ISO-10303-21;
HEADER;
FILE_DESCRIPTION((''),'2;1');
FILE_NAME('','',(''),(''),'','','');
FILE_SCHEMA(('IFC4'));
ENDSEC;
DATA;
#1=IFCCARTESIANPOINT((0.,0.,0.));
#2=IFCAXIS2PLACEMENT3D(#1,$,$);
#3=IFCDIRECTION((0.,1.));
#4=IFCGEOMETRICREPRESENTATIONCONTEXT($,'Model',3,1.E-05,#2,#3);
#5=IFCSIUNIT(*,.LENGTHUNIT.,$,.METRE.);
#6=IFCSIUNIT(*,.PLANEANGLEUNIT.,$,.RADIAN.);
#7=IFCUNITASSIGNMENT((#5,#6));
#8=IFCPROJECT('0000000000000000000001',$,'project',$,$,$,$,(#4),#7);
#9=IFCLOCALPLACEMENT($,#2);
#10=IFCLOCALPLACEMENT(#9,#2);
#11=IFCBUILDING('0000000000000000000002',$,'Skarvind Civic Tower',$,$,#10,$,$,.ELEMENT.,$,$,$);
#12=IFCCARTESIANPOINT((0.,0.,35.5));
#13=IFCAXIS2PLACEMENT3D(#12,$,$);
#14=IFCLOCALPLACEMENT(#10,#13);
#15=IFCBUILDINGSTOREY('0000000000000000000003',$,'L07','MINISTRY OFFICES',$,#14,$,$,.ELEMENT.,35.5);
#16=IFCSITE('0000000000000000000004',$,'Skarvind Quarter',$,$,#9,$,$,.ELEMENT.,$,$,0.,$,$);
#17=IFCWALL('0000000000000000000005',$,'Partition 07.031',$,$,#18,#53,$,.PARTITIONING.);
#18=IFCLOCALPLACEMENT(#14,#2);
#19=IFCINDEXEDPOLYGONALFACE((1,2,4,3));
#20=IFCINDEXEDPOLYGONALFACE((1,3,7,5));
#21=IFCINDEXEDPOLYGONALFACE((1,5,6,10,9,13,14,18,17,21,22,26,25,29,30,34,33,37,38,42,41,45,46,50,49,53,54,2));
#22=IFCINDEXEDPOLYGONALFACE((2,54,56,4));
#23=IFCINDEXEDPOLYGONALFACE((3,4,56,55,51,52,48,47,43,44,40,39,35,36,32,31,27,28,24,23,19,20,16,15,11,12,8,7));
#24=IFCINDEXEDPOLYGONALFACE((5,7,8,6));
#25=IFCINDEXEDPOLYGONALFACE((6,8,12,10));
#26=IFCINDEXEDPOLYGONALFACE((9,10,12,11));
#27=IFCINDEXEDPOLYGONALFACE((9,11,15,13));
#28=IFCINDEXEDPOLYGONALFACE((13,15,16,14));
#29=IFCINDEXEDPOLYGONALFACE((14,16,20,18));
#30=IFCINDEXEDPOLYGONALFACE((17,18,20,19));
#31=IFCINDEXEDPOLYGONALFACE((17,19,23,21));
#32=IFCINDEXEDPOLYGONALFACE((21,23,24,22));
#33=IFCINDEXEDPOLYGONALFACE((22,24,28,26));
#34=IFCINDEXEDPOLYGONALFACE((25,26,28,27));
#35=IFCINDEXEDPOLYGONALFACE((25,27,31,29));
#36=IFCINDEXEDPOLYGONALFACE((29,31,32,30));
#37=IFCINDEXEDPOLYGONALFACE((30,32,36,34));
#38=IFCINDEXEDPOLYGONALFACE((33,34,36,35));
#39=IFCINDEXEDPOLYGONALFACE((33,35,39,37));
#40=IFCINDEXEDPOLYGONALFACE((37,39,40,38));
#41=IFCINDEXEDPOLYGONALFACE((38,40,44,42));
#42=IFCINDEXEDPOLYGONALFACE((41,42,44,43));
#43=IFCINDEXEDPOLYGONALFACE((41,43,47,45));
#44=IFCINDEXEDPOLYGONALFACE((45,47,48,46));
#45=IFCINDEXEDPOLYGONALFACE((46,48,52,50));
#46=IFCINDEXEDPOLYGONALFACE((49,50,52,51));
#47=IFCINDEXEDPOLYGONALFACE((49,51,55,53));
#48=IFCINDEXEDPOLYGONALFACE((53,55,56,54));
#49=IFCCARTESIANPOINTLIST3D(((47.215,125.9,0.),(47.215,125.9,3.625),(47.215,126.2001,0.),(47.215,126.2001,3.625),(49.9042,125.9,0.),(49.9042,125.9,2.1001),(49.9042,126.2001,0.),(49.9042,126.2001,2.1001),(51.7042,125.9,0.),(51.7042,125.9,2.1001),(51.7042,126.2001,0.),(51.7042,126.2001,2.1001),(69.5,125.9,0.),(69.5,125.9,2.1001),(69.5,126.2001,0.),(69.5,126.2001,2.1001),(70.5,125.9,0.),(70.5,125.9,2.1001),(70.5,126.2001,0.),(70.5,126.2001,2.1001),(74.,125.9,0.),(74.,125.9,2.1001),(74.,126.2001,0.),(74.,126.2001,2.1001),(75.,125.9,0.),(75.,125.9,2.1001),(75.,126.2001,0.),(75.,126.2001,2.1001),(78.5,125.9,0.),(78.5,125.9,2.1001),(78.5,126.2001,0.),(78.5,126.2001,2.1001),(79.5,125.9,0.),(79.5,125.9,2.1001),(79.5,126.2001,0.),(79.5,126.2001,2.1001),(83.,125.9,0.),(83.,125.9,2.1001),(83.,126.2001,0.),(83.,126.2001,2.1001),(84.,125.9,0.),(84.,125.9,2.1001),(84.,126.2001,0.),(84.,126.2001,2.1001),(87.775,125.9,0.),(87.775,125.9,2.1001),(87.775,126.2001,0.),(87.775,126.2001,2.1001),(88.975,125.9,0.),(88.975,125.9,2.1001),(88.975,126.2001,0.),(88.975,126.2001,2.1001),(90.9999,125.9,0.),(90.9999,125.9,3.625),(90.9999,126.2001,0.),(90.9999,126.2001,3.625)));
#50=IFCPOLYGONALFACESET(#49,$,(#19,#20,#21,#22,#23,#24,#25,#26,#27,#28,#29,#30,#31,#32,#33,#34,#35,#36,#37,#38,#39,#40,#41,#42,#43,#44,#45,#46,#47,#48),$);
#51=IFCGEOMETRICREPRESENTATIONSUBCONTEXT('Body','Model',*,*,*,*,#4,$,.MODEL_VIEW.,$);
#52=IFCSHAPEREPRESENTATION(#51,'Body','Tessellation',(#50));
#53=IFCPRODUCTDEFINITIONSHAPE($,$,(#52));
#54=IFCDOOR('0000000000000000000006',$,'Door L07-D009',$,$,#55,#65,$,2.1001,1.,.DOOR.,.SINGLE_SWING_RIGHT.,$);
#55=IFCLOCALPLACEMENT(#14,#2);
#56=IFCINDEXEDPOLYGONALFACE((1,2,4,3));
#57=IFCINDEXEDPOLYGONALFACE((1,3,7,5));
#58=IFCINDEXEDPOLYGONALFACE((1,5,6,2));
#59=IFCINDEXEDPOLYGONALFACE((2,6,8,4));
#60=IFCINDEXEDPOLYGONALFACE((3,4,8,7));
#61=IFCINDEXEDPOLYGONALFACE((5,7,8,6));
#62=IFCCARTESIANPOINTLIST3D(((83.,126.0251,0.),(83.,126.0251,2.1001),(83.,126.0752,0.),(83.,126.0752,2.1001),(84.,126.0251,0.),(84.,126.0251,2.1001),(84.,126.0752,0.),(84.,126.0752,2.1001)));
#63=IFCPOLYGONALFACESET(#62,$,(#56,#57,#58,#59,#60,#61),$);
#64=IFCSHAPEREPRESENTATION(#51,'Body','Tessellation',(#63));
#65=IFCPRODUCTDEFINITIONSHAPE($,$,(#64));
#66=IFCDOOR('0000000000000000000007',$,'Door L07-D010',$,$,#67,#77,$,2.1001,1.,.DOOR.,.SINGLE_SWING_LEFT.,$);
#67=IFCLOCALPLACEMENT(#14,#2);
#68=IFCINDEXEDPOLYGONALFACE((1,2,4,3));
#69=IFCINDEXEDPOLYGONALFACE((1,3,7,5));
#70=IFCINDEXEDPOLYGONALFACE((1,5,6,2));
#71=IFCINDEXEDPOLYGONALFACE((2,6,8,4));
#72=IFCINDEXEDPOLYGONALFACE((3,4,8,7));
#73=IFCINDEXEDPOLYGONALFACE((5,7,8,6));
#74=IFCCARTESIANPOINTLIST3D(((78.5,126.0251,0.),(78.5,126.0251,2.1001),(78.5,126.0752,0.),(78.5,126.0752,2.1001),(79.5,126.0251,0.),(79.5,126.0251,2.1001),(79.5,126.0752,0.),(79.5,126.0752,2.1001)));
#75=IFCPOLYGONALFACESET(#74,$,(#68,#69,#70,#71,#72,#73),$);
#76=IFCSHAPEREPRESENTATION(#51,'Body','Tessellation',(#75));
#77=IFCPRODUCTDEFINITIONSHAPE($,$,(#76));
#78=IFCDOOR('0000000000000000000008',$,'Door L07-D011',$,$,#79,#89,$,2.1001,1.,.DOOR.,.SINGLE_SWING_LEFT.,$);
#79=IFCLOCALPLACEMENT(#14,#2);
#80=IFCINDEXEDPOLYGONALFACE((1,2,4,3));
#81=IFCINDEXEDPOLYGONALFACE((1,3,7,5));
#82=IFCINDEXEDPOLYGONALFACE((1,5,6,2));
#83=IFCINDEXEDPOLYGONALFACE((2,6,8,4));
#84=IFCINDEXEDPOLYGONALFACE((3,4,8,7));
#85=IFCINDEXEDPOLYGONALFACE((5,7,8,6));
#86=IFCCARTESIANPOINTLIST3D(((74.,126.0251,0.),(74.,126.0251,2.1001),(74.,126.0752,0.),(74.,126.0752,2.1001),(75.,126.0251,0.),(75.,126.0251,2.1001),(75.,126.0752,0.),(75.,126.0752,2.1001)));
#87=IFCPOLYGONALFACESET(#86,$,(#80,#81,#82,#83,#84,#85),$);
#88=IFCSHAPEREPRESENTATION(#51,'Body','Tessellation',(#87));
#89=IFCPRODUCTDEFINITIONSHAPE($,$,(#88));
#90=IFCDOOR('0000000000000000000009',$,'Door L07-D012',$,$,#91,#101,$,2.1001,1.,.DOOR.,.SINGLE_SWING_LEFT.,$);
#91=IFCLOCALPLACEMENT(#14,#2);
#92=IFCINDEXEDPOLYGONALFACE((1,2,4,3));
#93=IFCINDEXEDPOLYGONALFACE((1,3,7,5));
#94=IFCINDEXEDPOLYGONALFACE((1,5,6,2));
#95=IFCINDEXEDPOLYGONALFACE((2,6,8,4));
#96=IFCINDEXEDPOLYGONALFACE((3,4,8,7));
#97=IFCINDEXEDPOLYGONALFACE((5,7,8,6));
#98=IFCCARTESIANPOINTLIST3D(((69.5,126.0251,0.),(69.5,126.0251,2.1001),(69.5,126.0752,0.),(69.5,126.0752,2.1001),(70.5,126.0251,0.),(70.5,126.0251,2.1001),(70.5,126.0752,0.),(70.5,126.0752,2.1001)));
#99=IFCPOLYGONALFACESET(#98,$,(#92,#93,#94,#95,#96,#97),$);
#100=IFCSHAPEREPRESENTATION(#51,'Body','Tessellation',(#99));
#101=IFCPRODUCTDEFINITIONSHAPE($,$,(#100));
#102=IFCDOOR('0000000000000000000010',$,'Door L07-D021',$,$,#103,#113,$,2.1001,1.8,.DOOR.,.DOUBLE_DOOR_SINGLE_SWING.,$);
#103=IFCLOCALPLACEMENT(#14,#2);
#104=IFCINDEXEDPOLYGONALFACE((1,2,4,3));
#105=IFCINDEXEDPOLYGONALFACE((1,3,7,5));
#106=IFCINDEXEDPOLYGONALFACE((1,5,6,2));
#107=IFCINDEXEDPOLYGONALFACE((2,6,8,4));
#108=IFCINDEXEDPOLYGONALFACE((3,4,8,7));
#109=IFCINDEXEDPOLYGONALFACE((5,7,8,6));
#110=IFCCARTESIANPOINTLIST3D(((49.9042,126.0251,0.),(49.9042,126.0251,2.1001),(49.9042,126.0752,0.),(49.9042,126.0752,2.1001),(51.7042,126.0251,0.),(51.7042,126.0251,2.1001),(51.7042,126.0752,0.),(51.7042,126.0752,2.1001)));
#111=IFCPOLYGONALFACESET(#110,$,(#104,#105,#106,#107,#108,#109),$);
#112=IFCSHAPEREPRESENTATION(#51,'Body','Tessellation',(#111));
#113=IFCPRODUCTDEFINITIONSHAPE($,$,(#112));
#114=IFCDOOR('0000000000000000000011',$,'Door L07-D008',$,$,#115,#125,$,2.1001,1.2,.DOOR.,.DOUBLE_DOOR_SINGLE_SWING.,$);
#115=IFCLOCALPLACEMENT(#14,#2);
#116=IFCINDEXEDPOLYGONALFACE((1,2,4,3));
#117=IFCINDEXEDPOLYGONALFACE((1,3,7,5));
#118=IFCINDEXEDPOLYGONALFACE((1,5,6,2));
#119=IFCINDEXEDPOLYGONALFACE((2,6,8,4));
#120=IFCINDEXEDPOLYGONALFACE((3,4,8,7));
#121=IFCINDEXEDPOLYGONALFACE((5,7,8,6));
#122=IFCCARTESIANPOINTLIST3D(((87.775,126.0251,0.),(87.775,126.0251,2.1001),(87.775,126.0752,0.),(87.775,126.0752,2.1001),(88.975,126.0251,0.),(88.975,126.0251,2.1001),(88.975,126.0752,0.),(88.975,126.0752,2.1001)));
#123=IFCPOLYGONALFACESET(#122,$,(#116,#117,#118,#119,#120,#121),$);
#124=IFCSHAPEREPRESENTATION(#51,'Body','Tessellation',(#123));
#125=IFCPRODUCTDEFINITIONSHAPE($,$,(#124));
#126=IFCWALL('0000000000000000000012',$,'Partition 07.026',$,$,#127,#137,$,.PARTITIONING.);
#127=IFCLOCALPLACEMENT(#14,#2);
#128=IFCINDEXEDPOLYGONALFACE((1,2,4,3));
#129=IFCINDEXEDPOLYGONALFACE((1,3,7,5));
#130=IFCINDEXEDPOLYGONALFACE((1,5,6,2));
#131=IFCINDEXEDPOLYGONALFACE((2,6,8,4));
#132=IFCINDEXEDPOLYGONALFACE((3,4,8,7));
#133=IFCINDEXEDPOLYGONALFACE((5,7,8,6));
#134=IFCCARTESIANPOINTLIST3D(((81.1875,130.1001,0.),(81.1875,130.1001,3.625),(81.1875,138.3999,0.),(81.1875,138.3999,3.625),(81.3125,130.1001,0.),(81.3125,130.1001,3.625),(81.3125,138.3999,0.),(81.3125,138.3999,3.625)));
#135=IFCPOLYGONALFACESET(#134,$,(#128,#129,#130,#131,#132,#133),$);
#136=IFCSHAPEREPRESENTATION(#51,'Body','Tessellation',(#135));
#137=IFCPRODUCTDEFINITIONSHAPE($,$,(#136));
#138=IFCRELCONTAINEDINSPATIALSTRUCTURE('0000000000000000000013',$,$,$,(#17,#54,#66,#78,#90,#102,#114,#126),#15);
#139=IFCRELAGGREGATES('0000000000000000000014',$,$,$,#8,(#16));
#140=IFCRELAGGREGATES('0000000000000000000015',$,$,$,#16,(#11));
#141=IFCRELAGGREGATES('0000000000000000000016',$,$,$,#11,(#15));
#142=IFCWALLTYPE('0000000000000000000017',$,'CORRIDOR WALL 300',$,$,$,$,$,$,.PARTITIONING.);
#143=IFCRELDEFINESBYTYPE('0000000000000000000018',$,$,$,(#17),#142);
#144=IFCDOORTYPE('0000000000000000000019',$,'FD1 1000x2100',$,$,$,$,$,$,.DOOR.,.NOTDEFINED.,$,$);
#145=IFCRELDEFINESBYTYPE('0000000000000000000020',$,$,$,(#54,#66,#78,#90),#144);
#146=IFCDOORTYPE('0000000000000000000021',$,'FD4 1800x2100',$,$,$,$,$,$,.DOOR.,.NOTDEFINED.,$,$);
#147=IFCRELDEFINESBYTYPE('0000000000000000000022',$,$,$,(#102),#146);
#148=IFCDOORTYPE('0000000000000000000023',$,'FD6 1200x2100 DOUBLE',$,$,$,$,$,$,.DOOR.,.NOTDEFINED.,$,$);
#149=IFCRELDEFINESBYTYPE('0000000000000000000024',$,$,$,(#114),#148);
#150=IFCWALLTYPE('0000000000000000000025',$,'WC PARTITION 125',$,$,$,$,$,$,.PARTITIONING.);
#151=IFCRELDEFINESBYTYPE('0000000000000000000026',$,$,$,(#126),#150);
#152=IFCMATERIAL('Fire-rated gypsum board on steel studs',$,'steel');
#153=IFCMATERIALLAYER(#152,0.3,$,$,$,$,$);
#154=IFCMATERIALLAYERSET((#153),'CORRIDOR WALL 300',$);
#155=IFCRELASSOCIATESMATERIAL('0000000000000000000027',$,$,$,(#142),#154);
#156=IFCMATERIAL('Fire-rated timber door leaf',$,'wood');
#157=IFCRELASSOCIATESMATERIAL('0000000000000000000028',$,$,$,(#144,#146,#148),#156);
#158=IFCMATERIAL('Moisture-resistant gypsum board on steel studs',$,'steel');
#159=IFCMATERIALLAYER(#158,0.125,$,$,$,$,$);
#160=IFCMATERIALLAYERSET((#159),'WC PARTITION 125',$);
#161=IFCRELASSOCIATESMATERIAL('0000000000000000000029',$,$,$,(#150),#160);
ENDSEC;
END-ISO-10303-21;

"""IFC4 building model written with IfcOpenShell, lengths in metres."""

from ifc_helpers import new_model, si_unit, direction, frame, frame_2d, origin, place, context, subcontext, project, spatial, rectangle, extrude, material, layer, layer_set, type_object, element, fill, save


model = new_model("IFC4")

# Units and contexts
model_context = context("Model", 3, precision=1e-05, world=origin(), true_north=direction((0.0, 1.0)))
body_context = subcontext(model_context, "Body", "Model", "MODEL_VIEW")
ifc_project = project(units=[si_unit("LENGTHUNIT", "METRE"), si_unit("PLANEANGLEUNIT", "RADIAN")], contexts=[model_context])

# Site, building, storey
site_placement = place(None, origin())
site = spatial("IfcSite", under=ifc_project, at=site_placement, Name="Skarvind Quarter", CompositionType="ELEMENT", RefElevation=0.0)
building_placement = place(site_placement, origin())
building = spatial("IfcBuilding", under=site, at=building_placement, Name="Skarvind Civic Tower", CompositionType="ELEMENT")
storey_placement = place(building_placement, frame((0.0, 0.0, 35.5)))
storey = spatial("IfcBuildingStorey", under=building, at=storey_placement, Name="L07", Description="MINISTRY OFFICES", CompositionType="ELEMENT", Elevation=35.5)

# Wall, openings, doors
ifc_material_1 = material(Name="Fire-rated gypsum board on steel studs", Category="steel")
ifc_layer_1 = layer(ifc_material_1, 0.3)
ifc_layer_set_1 = layer_set([ifc_layer_1], Name="CORRIDOR WALL 300")
wall_type_1 = type_object("IfcWallType", Name="CORRIDOR WALL 300", PredefinedType="PARTITIONING", material=ifc_layer_set_1)
wall_1_placement = place(storey_placement, frame((91.0, 126.05, 0.0), z_axis=(0.0, 0.0, 1.0), x_axis=(-1.0, 0.0, 0.0)))
wall_1 = element("IfcWall", 1, at=wall_1_placement, inside=storey, type_object=wall_type_1, Name="Partition 07.031", PredefinedType="PARTITIONING", context=body_context, shape_type="SweptSolid", body=[
    extrude(rectangle(XDim=43.7849, YDim=0.3, at=frame_2d((21.8926, 0.0))), origin(), (0.0, 0.0, 1.0), 3.625),
])
opening_1_placement = place(wall_1_placement, frame((2.0249, 0.0, 0.0)))
opening_1 = element("IfcOpeningElement", 2, at=opening_1_placement, cuts=wall_1, PredefinedType="OPENING", context=body_context, shape_type="SweptSolid", body=[
    extrude(rectangle(XDim=1.2, YDim=2.1001, at=frame_2d((0.6001, 1.05))), frame((0.0, 0.1599, 0.0), z_axis=(0.0, -1.0, 0.0), x_axis=(1.0, 0.0, 0.0)), (0.0, 0.0, 1.0), 0.3201),
])
opening_2_placement = place(wall_1_placement, frame((7.0, 0.0, 0.0)))
opening_2 = element("IfcOpeningElement", 3, at=opening_2_placement, cuts=wall_1, PredefinedType="OPENING", context=body_context, shape_type="SweptSolid", body=[
    extrude(rectangle(XDim=1.0, YDim=2.1001, at=frame_2d((0.5, 1.05))), frame((0.0, 0.1599, 0.0), z_axis=(0.0, -1.0, 0.0), x_axis=(1.0, 0.0, 0.0)), (0.0, 0.0, 1.0), 0.3201),
])
opening_3_placement = place(wall_1_placement, frame((11.5, 0.0, 0.0)))
opening_3 = element("IfcOpeningElement", 4, at=opening_3_placement, cuts=wall_1, PredefinedType="OPENING", context=body_context, shape_type="SweptSolid", body=[
    extrude(rectangle(XDim=1.0, YDim=2.1001, at=frame_2d((0.5, 1.05))), frame((0.0, 0.1599, 0.0), z_axis=(0.0, -1.0, 0.0), x_axis=(1.0, 0.0, 0.0)), (0.0, 0.0, 1.0), 0.3201),
])
opening_4_placement = place(wall_1_placement, frame((16.0, 0.0, 0.0)))
opening_4 = element("IfcOpeningElement", 5, at=opening_4_placement, cuts=wall_1, PredefinedType="OPENING", context=body_context, shape_type="SweptSolid", body=[
    extrude(rectangle(XDim=1.0, YDim=2.1001, at=frame_2d((0.5, 1.05))), frame((0.0, 0.1599, 0.0), z_axis=(0.0, -1.0, 0.0), x_axis=(1.0, 0.0, 0.0)), (0.0, 0.0, 1.0), 0.3201),
])
opening_5_placement = place(wall_1_placement, frame((20.5, 0.0, 0.0)))
opening_5 = element("IfcOpeningElement", 6, at=opening_5_placement, cuts=wall_1, PredefinedType="OPENING", context=body_context, shape_type="SweptSolid", body=[
    extrude(rectangle(XDim=1.0, YDim=2.1001, at=frame_2d((0.5, 1.05))), frame((0.0, 0.1599, 0.0), z_axis=(0.0, -1.0, 0.0), x_axis=(1.0, 0.0, 0.0)), (0.0, 0.0, 1.0), 0.3201),
])
opening_6_placement = place(wall_1_placement, frame((39.2959, 0.0, 0.0)))
opening_6 = element("IfcOpeningElement", 7, at=opening_6_placement, cuts=wall_1, PredefinedType="OPENING", context=body_context, shape_type="SweptSolid", body=[
    extrude(rectangle(XDim=1.8, YDim=2.1001, at=frame_2d((0.8999, 1.05))), frame((0.0, 0.1599, 0.0), z_axis=(0.0, -1.0, 0.0), x_axis=(1.0, 0.0, 0.0)), (0.0, 0.0, 1.0), 0.3201),
])
ifc_material_2 = material(Name="Fire-rated timber door leaf", Category="wood")
door_type_1 = type_object("IfcDoorType", Name="FD1 1000x2100", OperationType="NOTDEFINED", PredefinedType="DOOR", material=ifc_material_2)
door_1_placement = place(opening_2_placement, origin())
door_1 = element("IfcDoor", 8, at=door_1_placement, inside=storey, type_object=door_type_1, Name="Door L07-D009", OperationType="SINGLE_SWING_RIGHT", OverallHeight=2.1001, OverallWidth=1.0, PredefinedType="DOOR", context=body_context, shape_type="SweptSolid", body=[
    extrude(rectangle(XDim=1.0, YDim=2.1001, at=frame_2d((0.5, 1.05))), frame((0.0, 0.0249, 0.0), z_axis=(0.0, -1.0, 0.0), x_axis=(1.0, 0.0, 0.0)), (0.0, 0.0, 1.0), 0.05),
])
fill(opening_2, door_1)
door_2_placement = place(opening_3_placement, origin())
door_2 = element("IfcDoor", 9, at=door_2_placement, inside=storey, type_object=door_type_1, Name="Door L07-D010", OperationType="SINGLE_SWING_LEFT", OverallHeight=2.1001, OverallWidth=1.0, PredefinedType="DOOR", context=body_context, shape_type="SweptSolid", body=[
    extrude(rectangle(XDim=1.0, YDim=2.1001, at=frame_2d((0.5, 1.05))), frame((0.0, 0.0249, 0.0), z_axis=(0.0, -1.0, 0.0), x_axis=(1.0, 0.0, 0.0)), (0.0, 0.0, 1.0), 0.05),
])
fill(opening_3, door_2)
door_3_placement = place(opening_4_placement, origin())
door_3 = element("IfcDoor", 10, at=door_3_placement, inside=storey, type_object=door_type_1, Name="Door L07-D011", OperationType="SINGLE_SWING_LEFT", OverallHeight=2.1001, OverallWidth=1.0, PredefinedType="DOOR", context=body_context, shape_type="SweptSolid", body=[
    extrude(rectangle(XDim=1.0, YDim=2.1001, at=frame_2d((0.5, 1.05))), frame((0.0, 0.0249, 0.0), z_axis=(0.0, -1.0, 0.0), x_axis=(1.0, 0.0, 0.0)), (0.0, 0.0, 1.0), 0.05),
])
fill(opening_4, door_3)
door_4_placement = place(opening_5_placement, origin())
door_4 = element("IfcDoor", 11, at=door_4_placement, inside=storey, type_object=door_type_1, Name="Door L07-D012", OperationType="SINGLE_SWING_LEFT", OverallHeight=2.1001, OverallWidth=1.0, PredefinedType="DOOR", context=body_context, shape_type="SweptSolid", body=[
    extrude(rectangle(XDim=1.0, YDim=2.1001, at=frame_2d((0.5, 1.05))), frame((0.0, 0.0249, 0.0), z_axis=(0.0, -1.0, 0.0), x_axis=(1.0, 0.0, 0.0)), (0.0, 0.0, 1.0), 0.05),
])
fill(opening_5, door_4)
door_type_2 = type_object("IfcDoorType", Name="FD4 1800x2100", OperationType="NOTDEFINED", PredefinedType="DOOR", material=ifc_material_2)
door_5_placement = place(opening_6_placement, origin())
door_5 = element("IfcDoor", 12, at=door_5_placement, inside=storey, type_object=door_type_2, Name="Door L07-D021", OperationType="DOUBLE_DOOR_SINGLE_SWING", OverallHeight=2.1001, OverallWidth=1.8, PredefinedType="DOOR", context=body_context, shape_type="SweptSolid", body=[
    extrude(rectangle(XDim=1.8, YDim=2.1001, at=frame_2d((0.8999, 1.05))), frame((0.0, 0.0249, 0.0), z_axis=(0.0, -1.0, 0.0), x_axis=(1.0, 0.0, 0.0)), (0.0, 0.0, 1.0), 0.05),
])
fill(opening_6, door_5)
door_type_3 = type_object("IfcDoorType", Name="FD6 1200x2100 DOUBLE", OperationType="NOTDEFINED", PredefinedType="DOOR", material=ifc_material_2)
door_6_placement = place(opening_1_placement, origin())
door_6 = element("IfcDoor", 13, at=door_6_placement, inside=storey, type_object=door_type_3, Name="Door L07-D008", OperationType="DOUBLE_DOOR_SINGLE_SWING", OverallHeight=2.1001, OverallWidth=1.2, PredefinedType="DOOR", context=body_context, shape_type="SweptSolid", body=[
    extrude(rectangle(XDim=1.2, YDim=2.1001, at=frame_2d((0.6001, 1.05))), frame((0.0, 0.0249, 0.0), z_axis=(0.0, -1.0, 0.0), x_axis=(1.0, 0.0, 0.0)), (0.0, 0.0, 1.0), 0.05),
])
fill(opening_1, door_6)

# Wall
ifc_material_3 = material(Name="Moisture-resistant gypsum board on steel studs", Category="steel")
ifc_layer_2 = layer(ifc_material_3, 0.125)
ifc_layer_set_2 = layer_set([ifc_layer_2], Name="WC PARTITION 125")
wall_type_2 = type_object("IfcWallType", Name="WC PARTITION 125", PredefinedType="PARTITIONING", material=ifc_layer_set_2)
wall_2_placement = place(storey_placement, frame((81.25, 130.1001, 0.0), z_axis=(0.0, 0.0, 1.0), x_axis=(0.0, 1.0, 0.0)))
element("IfcWall", 14, at=wall_2_placement, inside=storey, type_object=wall_type_2, Name="Partition 07.026", PredefinedType="PARTITIONING", context=body_context, shape_type="SweptSolid", body=[
    extrude(rectangle(XDim=8.2998, YDim=0.125, at=frame_2d((4.1499, 0.0))), origin(), (0.0, 0.0, 1.0), 3.625),
])

save(model, "model.ifc")
